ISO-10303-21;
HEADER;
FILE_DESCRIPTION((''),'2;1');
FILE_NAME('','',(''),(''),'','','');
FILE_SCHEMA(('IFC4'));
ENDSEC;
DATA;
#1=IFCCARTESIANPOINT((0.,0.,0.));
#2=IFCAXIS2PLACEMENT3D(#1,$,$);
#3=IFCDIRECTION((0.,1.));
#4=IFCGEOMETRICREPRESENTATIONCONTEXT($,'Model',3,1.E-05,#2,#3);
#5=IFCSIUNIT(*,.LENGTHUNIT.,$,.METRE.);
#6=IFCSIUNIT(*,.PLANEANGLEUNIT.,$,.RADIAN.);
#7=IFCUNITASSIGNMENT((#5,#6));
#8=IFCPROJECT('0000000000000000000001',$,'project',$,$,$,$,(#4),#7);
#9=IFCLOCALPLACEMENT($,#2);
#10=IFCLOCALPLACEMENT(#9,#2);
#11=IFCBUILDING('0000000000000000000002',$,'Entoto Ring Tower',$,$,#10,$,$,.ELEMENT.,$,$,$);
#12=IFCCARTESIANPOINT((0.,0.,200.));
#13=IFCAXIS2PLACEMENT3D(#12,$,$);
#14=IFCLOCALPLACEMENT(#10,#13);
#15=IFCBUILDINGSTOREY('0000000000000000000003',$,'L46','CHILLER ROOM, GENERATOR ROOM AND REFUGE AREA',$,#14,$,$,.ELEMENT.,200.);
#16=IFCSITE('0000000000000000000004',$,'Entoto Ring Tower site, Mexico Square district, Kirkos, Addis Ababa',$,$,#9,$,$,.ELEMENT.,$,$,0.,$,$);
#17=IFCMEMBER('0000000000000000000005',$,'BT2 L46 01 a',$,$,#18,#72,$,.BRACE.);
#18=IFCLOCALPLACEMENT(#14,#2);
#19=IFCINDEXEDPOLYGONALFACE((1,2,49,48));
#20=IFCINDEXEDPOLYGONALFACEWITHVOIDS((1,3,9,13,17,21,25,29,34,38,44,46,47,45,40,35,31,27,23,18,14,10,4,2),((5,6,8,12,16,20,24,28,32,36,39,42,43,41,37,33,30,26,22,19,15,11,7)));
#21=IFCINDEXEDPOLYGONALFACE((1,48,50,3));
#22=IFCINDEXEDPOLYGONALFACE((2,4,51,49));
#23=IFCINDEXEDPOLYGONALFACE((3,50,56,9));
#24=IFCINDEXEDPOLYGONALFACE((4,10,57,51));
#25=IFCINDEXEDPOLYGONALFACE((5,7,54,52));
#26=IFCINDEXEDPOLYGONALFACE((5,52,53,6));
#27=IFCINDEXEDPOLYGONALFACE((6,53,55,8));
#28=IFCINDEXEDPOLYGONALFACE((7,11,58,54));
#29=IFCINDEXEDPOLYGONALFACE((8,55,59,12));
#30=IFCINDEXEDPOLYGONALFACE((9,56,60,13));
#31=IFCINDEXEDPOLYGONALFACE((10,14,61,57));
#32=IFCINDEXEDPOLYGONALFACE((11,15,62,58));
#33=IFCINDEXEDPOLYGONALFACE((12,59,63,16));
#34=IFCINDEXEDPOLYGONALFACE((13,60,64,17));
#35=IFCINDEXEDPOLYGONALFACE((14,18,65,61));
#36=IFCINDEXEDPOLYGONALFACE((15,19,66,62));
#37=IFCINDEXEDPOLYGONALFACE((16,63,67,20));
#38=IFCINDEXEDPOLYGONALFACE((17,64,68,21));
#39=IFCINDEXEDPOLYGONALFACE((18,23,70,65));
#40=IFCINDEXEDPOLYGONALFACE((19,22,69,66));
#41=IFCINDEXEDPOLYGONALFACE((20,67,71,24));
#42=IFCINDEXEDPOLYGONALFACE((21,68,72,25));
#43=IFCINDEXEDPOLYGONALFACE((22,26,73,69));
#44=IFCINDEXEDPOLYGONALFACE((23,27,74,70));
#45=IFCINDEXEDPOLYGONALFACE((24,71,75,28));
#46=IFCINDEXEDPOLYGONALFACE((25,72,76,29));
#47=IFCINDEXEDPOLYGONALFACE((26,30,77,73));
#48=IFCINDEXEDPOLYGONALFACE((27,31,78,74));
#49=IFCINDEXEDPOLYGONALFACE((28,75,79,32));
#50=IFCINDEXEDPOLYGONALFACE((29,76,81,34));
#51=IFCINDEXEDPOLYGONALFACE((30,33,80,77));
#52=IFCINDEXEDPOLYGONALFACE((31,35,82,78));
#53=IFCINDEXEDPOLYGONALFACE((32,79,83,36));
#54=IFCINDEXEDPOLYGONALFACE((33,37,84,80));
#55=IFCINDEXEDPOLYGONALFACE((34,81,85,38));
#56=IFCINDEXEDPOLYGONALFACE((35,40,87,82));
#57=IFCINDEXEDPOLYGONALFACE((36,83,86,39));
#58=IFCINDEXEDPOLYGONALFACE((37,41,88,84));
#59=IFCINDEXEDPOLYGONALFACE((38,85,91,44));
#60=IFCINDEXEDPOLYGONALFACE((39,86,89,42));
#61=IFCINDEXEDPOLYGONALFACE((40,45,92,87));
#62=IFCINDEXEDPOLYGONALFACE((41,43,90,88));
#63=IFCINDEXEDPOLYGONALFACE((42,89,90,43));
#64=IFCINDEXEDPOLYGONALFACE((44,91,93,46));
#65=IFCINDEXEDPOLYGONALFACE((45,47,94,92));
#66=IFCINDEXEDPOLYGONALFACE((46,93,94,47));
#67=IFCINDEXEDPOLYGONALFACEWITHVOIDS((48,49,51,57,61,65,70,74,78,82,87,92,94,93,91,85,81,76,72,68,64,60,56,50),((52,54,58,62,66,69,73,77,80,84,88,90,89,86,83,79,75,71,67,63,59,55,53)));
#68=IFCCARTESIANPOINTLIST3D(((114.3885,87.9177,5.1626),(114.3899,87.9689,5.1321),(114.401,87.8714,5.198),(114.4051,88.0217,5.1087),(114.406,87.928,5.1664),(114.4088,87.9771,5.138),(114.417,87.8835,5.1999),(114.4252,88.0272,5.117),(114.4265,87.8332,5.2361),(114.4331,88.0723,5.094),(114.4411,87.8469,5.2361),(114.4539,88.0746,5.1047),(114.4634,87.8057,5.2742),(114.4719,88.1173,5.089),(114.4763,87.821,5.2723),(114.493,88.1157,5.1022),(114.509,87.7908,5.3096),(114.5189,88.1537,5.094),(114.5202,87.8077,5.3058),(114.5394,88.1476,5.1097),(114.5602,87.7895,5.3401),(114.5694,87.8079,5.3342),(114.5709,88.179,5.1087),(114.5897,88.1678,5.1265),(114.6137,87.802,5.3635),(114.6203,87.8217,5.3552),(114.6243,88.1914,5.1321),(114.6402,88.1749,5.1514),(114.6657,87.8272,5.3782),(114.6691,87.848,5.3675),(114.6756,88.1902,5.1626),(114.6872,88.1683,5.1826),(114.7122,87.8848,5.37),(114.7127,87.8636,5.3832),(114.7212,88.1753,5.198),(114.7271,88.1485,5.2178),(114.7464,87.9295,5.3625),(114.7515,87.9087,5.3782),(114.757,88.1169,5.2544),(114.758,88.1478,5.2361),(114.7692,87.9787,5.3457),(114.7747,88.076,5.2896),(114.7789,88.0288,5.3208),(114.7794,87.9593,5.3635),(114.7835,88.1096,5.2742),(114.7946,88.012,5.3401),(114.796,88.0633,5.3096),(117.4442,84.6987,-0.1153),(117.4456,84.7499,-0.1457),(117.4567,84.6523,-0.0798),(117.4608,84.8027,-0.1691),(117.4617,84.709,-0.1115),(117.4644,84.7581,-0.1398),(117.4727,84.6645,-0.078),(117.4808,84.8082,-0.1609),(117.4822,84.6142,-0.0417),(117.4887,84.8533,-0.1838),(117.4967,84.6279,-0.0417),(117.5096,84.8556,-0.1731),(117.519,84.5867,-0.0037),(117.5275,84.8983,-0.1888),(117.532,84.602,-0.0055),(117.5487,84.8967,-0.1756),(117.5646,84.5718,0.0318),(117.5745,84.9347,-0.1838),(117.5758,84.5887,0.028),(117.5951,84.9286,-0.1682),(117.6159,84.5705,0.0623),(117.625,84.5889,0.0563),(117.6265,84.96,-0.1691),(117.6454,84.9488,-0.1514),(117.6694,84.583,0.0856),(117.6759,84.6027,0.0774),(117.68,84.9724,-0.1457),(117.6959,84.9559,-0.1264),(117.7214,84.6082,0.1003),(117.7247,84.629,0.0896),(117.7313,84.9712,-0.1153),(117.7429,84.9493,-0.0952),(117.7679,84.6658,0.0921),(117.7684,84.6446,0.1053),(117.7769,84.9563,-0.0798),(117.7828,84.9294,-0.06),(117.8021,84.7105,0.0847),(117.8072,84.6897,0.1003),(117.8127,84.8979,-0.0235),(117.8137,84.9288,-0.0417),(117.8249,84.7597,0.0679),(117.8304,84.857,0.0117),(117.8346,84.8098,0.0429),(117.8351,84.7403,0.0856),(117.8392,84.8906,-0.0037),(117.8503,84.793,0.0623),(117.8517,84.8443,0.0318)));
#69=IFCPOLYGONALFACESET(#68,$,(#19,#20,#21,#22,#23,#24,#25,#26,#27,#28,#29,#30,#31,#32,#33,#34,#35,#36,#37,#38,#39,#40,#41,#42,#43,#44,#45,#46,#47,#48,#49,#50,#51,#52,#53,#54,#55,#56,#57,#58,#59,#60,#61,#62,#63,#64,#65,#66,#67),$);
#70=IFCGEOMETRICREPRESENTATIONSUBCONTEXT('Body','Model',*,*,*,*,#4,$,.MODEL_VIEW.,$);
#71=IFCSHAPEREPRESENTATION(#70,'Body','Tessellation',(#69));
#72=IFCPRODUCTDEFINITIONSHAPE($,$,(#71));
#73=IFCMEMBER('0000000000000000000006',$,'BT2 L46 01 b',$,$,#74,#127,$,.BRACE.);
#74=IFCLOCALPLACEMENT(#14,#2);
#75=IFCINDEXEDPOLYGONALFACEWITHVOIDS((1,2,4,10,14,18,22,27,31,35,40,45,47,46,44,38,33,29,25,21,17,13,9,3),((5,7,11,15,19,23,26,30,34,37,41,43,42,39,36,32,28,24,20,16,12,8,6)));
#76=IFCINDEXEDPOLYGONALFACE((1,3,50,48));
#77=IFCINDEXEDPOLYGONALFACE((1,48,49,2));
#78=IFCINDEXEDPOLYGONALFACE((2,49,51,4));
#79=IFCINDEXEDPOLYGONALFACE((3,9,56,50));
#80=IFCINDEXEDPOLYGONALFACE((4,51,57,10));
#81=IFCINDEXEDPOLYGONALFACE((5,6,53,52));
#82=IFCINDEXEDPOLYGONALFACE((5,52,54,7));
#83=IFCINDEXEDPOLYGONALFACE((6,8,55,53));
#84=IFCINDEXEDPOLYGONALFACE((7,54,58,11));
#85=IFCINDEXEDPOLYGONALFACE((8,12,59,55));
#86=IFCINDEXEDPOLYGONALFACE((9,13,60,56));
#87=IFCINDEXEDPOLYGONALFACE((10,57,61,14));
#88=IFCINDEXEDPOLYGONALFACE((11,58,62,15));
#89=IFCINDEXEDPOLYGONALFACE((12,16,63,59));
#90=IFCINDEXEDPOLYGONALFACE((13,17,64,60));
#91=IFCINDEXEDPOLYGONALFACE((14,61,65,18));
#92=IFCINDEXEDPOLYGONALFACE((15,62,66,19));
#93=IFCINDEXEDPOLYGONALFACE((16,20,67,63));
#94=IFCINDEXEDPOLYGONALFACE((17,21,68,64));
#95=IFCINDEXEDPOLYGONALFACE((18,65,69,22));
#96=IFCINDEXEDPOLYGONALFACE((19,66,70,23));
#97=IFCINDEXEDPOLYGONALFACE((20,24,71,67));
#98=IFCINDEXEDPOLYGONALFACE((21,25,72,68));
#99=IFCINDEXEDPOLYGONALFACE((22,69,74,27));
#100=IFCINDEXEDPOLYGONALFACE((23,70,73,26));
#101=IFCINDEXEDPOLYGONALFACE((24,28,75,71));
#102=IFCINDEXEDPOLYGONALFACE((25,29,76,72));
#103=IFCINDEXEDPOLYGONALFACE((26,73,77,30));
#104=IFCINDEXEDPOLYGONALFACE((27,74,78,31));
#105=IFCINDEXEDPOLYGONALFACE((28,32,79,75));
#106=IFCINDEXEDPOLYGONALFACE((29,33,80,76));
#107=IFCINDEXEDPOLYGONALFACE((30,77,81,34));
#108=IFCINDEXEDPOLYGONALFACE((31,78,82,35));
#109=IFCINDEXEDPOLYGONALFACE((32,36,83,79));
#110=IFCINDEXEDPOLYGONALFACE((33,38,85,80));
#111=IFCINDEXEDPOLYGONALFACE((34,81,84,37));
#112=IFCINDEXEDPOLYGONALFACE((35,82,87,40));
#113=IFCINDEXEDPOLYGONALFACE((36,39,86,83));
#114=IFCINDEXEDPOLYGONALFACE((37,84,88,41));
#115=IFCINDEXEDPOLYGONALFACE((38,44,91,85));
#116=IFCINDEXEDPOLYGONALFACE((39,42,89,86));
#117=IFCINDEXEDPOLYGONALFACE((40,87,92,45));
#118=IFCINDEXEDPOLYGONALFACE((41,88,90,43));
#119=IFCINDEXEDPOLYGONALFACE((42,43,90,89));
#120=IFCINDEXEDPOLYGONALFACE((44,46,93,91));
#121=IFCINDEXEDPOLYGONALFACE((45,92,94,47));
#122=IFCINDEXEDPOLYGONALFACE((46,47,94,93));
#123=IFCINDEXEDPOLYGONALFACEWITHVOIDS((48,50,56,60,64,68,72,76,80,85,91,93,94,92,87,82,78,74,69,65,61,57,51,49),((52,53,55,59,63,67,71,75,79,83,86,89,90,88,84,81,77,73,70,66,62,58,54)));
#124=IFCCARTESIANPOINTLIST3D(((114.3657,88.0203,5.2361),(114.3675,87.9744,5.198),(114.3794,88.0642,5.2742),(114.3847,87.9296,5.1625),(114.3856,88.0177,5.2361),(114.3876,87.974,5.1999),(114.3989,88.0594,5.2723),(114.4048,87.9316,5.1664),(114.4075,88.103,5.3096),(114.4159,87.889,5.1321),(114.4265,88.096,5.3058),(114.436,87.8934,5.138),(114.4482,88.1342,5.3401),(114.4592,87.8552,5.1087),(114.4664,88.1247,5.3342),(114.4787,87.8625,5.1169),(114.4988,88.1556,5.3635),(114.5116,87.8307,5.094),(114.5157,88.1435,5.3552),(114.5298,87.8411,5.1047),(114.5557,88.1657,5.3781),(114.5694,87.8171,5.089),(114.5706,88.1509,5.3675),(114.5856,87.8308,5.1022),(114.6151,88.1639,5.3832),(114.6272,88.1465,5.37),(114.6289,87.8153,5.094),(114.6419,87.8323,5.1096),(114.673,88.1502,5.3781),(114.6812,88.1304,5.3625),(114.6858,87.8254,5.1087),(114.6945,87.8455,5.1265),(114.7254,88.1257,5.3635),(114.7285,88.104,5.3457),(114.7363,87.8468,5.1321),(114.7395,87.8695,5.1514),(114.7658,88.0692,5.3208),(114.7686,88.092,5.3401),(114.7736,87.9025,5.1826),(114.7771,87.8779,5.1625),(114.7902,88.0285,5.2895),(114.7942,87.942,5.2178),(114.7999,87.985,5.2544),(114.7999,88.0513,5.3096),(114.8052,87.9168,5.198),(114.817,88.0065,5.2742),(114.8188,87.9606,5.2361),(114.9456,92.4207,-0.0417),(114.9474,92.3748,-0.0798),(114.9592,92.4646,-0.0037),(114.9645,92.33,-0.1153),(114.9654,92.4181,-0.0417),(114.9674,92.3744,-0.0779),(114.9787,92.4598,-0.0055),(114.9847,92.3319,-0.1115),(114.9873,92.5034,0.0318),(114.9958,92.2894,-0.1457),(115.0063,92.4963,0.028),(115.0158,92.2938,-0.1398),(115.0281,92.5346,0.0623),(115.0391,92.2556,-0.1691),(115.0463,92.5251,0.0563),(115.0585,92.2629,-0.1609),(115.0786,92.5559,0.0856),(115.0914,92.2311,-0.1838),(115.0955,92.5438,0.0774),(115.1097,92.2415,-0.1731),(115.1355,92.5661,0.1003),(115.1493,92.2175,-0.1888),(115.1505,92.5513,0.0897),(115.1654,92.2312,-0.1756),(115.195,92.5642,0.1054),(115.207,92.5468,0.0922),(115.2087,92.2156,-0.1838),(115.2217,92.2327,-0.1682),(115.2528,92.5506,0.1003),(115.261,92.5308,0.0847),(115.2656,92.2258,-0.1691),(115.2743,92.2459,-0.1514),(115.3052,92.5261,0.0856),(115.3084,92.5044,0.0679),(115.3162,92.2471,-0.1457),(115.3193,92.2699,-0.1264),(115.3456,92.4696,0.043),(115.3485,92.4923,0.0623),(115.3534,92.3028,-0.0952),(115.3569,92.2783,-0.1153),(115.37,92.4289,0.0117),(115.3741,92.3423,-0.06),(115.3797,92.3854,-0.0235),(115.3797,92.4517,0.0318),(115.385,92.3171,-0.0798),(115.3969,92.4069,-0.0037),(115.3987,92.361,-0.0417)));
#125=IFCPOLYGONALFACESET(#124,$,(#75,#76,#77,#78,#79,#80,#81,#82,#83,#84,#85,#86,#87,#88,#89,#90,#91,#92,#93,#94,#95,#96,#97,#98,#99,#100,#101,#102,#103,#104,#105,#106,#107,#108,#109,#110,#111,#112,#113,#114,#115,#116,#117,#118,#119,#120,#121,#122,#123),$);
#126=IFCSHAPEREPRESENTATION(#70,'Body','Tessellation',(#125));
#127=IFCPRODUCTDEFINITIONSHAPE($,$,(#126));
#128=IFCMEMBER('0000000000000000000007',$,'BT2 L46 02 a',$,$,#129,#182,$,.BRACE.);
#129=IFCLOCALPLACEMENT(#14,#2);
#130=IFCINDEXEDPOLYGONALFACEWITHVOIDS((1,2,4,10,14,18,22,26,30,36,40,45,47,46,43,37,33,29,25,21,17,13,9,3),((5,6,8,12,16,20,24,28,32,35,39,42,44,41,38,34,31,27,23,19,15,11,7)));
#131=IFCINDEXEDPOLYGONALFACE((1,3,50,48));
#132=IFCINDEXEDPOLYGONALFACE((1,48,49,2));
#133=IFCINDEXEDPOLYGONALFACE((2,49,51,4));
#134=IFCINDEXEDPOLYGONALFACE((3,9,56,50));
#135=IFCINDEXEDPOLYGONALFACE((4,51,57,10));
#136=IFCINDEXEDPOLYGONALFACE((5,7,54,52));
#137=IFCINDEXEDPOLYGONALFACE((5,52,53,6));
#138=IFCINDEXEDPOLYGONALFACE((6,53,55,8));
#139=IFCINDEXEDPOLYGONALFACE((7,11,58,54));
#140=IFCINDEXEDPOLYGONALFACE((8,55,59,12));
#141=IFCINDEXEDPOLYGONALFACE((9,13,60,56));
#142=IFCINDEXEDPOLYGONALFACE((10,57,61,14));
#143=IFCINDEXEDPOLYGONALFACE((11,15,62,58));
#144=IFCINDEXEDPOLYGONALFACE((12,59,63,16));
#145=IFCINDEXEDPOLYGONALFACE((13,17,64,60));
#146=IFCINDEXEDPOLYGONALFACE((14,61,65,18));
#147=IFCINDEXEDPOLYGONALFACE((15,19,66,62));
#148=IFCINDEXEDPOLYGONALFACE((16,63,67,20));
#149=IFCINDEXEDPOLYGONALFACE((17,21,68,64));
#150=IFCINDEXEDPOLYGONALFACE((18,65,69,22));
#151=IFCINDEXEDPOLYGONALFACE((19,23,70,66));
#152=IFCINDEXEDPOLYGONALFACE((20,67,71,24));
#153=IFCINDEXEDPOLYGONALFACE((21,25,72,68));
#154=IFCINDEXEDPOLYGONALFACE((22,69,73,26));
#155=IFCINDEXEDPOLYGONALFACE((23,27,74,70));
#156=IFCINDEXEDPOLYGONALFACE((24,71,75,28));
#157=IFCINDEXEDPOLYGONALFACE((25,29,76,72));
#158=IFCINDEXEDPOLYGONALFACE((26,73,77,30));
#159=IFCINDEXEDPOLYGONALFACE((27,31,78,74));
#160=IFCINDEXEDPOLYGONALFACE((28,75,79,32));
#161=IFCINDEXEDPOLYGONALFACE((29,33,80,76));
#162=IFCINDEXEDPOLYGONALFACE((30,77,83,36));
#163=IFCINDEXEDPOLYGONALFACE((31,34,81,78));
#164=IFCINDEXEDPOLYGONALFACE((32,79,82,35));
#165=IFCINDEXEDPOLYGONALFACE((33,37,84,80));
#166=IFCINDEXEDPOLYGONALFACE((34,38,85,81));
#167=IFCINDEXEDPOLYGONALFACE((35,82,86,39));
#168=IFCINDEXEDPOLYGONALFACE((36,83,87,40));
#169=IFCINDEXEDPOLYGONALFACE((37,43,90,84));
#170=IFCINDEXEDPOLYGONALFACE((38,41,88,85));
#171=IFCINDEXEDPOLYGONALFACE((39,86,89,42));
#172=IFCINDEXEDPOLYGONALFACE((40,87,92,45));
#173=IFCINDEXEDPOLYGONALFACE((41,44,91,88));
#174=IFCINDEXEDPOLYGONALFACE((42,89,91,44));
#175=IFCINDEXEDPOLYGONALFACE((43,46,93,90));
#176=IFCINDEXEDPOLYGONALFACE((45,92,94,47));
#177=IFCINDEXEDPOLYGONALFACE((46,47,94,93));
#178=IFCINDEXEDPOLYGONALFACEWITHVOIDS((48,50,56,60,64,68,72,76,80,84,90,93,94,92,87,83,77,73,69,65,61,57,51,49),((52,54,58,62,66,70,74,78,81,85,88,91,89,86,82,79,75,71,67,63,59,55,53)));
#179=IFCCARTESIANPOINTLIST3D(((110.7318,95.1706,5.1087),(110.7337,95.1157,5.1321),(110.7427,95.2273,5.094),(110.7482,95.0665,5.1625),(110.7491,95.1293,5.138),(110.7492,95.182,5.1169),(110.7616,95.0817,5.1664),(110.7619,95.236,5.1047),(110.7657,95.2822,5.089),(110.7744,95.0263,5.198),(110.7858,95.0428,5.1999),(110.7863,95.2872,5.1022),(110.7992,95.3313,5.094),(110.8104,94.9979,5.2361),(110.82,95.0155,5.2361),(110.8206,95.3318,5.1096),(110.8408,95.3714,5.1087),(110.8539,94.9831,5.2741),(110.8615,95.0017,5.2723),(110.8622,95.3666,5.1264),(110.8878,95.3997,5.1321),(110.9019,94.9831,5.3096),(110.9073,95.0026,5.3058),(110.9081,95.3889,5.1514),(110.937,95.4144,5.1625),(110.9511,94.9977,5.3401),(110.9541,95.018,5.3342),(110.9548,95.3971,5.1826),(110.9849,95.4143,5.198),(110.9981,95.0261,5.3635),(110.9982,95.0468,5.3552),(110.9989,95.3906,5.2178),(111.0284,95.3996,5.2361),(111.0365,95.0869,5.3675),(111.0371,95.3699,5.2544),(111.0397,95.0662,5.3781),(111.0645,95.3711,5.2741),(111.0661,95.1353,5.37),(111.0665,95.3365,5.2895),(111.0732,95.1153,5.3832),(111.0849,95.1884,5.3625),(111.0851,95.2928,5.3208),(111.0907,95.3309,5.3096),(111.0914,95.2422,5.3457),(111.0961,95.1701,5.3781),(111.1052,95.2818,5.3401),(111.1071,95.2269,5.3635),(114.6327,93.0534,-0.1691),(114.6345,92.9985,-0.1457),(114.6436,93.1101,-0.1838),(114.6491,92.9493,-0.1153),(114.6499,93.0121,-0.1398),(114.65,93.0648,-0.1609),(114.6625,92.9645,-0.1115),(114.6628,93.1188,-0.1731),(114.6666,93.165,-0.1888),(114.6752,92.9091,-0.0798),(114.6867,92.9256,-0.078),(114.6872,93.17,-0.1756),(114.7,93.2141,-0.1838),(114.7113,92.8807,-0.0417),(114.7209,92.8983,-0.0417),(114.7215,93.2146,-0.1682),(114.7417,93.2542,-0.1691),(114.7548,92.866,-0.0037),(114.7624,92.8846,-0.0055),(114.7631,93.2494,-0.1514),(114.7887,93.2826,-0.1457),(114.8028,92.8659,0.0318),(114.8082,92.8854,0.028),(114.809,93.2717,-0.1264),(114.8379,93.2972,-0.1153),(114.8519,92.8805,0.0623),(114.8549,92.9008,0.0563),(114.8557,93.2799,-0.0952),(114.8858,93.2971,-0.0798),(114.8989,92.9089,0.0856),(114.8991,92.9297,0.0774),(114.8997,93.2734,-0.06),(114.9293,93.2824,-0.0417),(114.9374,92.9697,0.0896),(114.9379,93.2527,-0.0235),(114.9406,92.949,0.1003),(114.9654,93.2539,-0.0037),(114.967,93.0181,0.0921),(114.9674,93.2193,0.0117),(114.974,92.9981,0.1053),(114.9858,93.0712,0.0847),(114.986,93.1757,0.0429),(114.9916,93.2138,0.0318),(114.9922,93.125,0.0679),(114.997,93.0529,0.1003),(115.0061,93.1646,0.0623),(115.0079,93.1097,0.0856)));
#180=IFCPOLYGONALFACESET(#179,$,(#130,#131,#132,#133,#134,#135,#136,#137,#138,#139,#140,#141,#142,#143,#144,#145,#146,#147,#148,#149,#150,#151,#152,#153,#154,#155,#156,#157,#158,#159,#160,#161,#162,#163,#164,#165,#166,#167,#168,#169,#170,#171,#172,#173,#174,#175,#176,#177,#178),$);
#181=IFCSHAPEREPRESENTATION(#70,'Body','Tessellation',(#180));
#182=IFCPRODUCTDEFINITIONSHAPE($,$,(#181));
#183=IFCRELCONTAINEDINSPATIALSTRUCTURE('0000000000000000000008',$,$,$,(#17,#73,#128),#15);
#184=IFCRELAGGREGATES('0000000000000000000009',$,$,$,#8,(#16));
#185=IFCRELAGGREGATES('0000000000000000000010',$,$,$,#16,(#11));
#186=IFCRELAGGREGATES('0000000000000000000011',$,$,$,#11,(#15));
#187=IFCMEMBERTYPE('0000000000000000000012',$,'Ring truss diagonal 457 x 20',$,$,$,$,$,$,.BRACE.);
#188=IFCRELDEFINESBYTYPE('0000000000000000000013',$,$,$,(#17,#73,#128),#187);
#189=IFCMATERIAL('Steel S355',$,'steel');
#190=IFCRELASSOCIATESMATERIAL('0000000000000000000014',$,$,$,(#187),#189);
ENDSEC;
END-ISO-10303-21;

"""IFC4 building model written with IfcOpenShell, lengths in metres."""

from ifc_helpers import new_model, si_unit, direction, frame, origin, origin_2d, place, context, subcontext, project, spatial, circle, hollow_circle, extrude, material, material_profile, profile_set, type_object, element, save


model = new_model("IFC4")

# Units and contexts
model_context = context("Model", 3, precision=1e-05, world=origin(), true_north=direction((0.0, 1.0)))
body_context = subcontext(model_context, "Body", "Model", "MODEL_VIEW")
ifc_project = project(units=[si_unit("LENGTHUNIT", "METRE"), si_unit("PLANEANGLEUNIT", "RADIAN")], contexts=[model_context])

# Site, building, storey
site_placement = place(None, origin())
site = spatial("IfcSite", under=ifc_project, at=site_placement, Name="Entoto Ring Tower site, Mexico Square district, Kirkos, Addis Ababa", CompositionType="ELEMENT", RefElevation=0.0)
building_placement = place(site_placement, origin())
building = spatial("IfcBuilding", under=site, at=building_placement, Name="Entoto Ring Tower", CompositionType="ELEMENT")
storey_placement = place(building_placement, frame((0.0, 0.0, 200.0)))
storey = spatial("IfcBuildingStorey", under=building, at=storey_placement, Name="L46", Description="CHILLER ROOM, GENERATOR ROOM AND REFUGE AREA", CompositionType="ELEMENT", Elevation=200.0)

# Members
ifc_material_1 = material(Name="Steel S355", Category="steel")
ifc_material_profile_1 = material_profile(ifc_material_1, hollow_circle(Radius=0.2285, WallThickness=0.02, at=origin_2d()), Name="CHS 457 x 20")
ifc_material_2 = material(Name="Concrete C60/75", Category="concrete")
ifc_material_profile_2 = material_profile(ifc_material_2, circle(Radius=0.2085, at=origin_2d()), Name="Concrete C60/75 infill")
ifc_profile_set_1 = profile_set([ifc_material_profile_1, ifc_material_profile_2], Name="Steel S355")
member_type_1 = type_object("IfcMemberType", Name="Ring truss diagonal 457 x 20", PredefinedType="BRACE", material=ifc_profile_set_1)
for number, where, z_axis, x_axis, name in (
    (1, (117.6479, 84.7715, -0.0417), (-0.443108, 0.466793, 0.765349), (-0.725267, -0.688468, 0.0), "BT2 L46 01 a"),
    (2, (114.5923, 87.9905, 5.2361), (0.084082, 0.638105, -0.765344), (-0.99143, 0.130639, 0.0), "BT2 L46 01 b"),
    (3, (114.8203, 93.0815, -0.0417), (-0.565672, 0.307017, 0.765347), (-0.477017, -0.878894, 0.0), "BT2 L46 02 a"),
):
    element("IfcMember", number, at=place(storey_placement, frame(where, z_axis=z_axis, x_axis=x_axis)), inside=storey, type_object=member_type_1, Name=name, PredefinedType="BRACE", context=body_context, shape_type="SweptSolid", body=[
        extrude(hollow_circle(Radius=0.2285, WallThickness=0.02, at=origin_2d()), origin(), (0.0, 0.0, 1.0), 6.896),
    ])

save(model, "model.ifc")
